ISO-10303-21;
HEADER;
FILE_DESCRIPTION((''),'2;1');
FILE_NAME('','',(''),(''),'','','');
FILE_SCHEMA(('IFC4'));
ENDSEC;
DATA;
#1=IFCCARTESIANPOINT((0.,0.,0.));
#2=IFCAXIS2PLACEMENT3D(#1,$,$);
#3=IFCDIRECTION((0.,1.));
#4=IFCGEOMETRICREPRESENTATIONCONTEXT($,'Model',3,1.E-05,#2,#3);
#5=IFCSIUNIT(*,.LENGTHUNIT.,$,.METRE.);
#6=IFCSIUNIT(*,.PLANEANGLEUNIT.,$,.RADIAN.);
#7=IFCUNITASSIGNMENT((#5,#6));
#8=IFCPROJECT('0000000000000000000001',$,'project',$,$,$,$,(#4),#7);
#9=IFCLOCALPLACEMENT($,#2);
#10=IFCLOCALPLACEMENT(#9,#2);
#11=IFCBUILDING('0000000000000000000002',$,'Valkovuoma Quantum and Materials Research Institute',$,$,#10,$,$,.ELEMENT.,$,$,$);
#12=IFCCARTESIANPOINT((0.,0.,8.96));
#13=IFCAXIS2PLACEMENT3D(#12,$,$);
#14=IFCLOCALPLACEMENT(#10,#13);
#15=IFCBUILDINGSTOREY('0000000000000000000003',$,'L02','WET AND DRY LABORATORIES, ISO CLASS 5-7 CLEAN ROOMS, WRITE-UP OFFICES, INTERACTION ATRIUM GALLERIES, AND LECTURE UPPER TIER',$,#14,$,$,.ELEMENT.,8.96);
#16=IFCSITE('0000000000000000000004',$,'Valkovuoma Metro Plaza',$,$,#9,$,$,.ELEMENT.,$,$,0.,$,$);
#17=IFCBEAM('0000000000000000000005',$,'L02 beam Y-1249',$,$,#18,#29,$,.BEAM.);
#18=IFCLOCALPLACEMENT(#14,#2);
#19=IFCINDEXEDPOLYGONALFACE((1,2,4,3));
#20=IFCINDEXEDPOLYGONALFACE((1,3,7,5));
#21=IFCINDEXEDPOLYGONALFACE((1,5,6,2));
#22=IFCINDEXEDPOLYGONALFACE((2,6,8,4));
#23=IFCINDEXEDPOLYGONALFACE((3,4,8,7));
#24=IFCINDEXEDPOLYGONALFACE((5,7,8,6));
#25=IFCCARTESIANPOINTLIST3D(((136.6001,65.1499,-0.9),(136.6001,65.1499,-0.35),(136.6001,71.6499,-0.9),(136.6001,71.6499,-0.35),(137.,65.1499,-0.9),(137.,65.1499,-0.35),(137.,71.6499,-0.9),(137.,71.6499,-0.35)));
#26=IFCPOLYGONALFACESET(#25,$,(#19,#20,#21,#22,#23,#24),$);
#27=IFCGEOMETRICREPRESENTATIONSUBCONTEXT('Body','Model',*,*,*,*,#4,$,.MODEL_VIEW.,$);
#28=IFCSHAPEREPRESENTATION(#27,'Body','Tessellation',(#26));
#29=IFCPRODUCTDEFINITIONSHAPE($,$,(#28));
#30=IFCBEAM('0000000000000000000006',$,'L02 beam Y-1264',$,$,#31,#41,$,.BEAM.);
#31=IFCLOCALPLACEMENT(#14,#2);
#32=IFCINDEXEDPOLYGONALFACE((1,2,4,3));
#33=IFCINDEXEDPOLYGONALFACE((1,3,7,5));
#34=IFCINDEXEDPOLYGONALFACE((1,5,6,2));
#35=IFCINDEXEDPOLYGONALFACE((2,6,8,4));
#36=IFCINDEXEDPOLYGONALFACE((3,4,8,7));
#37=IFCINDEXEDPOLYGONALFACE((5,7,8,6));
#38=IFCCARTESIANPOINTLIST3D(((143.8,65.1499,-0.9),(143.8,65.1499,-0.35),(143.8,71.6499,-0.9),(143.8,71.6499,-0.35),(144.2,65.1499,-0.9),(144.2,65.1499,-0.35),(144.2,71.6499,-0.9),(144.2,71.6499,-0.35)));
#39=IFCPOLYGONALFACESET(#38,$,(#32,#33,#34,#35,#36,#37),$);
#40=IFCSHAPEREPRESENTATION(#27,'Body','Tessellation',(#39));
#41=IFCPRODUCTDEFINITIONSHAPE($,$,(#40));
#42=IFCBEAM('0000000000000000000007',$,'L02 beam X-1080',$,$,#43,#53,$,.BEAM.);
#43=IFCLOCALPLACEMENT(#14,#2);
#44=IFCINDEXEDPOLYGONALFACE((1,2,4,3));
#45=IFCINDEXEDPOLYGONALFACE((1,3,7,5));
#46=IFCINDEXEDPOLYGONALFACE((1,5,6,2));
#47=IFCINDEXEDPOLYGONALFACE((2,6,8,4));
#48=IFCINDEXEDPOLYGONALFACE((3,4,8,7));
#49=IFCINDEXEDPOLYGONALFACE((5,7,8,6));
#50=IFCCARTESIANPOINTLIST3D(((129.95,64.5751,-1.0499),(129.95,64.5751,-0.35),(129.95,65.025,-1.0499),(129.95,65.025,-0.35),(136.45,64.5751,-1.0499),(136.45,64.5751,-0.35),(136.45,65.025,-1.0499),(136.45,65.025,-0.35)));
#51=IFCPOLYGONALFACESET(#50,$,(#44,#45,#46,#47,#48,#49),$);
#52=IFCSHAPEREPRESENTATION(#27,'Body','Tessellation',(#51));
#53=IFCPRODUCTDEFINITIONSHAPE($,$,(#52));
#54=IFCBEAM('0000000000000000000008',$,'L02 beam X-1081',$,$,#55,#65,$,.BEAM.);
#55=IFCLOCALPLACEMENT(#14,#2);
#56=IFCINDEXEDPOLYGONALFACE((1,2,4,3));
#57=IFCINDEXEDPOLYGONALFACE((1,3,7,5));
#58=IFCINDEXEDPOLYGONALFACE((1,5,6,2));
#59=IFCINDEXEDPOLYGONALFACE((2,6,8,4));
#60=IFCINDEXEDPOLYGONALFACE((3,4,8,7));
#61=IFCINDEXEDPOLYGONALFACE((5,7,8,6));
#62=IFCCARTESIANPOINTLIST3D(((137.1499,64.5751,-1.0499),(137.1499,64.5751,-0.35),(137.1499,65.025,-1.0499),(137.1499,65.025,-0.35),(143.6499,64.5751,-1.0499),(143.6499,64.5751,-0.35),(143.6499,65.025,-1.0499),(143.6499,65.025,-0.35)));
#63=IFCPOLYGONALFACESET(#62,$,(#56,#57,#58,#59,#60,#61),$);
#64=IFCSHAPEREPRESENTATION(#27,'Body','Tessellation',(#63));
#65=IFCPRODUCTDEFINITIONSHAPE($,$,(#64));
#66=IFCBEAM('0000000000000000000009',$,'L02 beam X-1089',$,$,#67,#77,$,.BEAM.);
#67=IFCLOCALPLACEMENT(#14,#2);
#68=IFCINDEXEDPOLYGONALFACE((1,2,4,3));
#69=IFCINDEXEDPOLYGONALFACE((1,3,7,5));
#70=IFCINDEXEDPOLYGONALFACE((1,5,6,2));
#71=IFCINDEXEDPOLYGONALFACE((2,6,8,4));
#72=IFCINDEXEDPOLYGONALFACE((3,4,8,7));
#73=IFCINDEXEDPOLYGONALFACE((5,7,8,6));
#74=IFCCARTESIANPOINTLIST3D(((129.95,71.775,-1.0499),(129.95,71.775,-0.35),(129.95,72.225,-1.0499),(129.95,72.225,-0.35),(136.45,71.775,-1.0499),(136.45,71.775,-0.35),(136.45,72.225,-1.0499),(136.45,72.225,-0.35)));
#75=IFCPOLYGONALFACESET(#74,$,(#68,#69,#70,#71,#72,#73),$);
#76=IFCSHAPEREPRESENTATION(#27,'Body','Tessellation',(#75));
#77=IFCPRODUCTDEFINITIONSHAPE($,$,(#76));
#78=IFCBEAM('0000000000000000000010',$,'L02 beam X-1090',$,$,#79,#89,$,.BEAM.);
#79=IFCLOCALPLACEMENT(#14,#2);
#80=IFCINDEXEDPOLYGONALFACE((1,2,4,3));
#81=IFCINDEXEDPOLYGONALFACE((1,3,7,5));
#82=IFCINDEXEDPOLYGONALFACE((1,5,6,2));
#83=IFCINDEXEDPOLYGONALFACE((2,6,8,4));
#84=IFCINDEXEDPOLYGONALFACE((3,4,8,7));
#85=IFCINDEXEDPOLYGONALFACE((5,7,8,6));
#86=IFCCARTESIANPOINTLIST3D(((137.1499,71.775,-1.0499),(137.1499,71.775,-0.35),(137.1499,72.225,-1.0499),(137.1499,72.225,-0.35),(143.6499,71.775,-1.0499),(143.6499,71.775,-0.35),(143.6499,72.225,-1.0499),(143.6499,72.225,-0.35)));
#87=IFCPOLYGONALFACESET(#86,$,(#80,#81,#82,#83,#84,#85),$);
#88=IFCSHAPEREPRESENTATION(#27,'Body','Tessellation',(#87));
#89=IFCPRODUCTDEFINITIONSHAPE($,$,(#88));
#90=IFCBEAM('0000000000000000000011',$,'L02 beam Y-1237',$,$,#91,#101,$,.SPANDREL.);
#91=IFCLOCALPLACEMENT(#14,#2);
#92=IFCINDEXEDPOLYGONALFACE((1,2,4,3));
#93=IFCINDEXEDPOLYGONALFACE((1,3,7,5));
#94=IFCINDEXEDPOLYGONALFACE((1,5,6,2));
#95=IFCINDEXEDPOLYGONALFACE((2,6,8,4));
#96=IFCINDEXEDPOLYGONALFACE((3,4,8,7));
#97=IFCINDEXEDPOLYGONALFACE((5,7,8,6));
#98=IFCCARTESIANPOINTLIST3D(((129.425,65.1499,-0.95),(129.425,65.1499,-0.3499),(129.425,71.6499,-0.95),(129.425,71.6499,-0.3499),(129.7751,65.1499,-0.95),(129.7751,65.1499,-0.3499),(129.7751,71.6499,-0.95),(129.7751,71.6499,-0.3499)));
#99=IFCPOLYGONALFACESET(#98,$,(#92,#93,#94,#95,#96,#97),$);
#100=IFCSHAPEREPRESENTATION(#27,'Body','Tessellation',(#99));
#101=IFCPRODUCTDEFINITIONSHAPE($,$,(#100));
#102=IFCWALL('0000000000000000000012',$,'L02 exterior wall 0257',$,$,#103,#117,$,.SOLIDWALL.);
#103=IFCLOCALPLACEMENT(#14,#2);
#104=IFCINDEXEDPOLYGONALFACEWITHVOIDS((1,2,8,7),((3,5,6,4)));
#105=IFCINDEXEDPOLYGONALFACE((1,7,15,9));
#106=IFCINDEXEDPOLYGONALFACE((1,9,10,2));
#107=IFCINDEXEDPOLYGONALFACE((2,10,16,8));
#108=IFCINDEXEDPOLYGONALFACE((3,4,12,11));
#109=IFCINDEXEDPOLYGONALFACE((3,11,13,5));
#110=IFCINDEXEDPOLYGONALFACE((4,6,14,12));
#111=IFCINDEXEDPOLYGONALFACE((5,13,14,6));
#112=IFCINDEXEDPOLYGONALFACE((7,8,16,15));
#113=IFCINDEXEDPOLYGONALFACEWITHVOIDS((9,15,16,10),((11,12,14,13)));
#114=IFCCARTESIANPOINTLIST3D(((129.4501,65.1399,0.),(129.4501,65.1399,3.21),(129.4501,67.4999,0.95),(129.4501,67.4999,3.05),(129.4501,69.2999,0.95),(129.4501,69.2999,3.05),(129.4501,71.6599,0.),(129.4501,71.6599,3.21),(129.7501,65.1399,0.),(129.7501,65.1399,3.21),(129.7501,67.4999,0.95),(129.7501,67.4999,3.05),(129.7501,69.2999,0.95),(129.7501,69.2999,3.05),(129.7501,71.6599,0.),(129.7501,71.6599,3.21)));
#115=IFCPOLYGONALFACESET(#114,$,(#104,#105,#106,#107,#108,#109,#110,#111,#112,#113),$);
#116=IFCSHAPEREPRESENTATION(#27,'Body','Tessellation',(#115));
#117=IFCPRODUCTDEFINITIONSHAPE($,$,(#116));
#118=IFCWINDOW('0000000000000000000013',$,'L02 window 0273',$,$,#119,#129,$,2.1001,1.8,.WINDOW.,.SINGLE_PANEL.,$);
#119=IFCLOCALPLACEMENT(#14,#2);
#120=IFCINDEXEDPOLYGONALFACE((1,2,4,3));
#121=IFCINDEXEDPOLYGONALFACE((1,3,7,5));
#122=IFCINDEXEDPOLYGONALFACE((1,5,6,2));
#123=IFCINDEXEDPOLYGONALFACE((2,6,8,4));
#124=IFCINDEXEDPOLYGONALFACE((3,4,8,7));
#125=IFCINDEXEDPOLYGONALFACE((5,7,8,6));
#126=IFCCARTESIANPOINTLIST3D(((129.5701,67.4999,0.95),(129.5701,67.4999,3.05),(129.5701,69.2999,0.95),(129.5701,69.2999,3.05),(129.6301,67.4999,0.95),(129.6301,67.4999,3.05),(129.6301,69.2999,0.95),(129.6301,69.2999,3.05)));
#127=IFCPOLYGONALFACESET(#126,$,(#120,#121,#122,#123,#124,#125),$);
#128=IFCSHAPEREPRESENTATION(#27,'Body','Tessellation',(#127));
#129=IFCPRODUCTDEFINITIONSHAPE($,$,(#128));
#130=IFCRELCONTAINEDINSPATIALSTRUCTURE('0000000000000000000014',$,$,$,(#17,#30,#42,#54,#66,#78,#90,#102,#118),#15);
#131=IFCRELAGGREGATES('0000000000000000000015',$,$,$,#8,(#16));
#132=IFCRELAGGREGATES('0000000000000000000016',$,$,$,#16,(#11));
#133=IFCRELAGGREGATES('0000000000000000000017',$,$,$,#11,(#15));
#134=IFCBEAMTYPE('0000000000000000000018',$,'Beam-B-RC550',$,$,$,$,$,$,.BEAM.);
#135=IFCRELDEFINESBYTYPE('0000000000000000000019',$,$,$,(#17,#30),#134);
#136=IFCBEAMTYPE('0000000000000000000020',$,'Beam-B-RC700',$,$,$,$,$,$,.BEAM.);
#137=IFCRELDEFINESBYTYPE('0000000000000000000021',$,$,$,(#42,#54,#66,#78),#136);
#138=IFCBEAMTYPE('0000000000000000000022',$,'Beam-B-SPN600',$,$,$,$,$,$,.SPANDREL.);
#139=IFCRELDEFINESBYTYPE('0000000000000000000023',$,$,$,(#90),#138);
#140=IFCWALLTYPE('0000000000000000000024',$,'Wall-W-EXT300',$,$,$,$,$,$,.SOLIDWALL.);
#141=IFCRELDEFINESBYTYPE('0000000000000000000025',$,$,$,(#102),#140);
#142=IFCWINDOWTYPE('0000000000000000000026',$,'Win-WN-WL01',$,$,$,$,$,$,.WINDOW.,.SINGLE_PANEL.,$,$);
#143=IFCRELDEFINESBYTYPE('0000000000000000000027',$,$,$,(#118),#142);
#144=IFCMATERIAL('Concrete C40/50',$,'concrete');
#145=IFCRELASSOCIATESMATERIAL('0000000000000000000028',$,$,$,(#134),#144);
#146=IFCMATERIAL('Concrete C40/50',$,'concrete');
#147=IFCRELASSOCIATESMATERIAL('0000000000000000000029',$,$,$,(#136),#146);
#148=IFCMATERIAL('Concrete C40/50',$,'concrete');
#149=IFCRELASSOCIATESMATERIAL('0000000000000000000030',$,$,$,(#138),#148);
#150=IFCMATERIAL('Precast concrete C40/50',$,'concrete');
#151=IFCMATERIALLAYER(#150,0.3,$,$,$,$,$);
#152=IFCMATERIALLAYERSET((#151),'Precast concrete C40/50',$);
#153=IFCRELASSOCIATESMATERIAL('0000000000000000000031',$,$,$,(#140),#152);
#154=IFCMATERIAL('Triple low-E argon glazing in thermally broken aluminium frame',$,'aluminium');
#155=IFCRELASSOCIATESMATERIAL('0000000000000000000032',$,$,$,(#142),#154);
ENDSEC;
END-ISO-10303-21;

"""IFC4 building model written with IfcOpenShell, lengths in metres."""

from ifc_helpers import new_model, si_unit, direction, frame, frame_2d, origin, origin_2d, place, context, subcontext, project, spatial, rectangle, extrude, material, layer, layer_set, material_profile, profile_set, type_object, element, fill, save


model = new_model("IFC4")

# Units and contexts
model_context = context("Model", 3, precision=1e-05, world=origin(), true_north=direction((0.0, 1.0)))
body_context = subcontext(model_context, "Body", "Model", "MODEL_VIEW")
ifc_project = project(units=[si_unit("LENGTHUNIT", "METRE"), si_unit("PLANEANGLEUNIT", "RADIAN")], contexts=[model_context])

# Site, building, storey
site_placement = place(None, origin())
site = spatial("IfcSite", under=ifc_project, at=site_placement, Name="Valkovuoma Metro Plaza", CompositionType="ELEMENT", RefElevation=0.0)
building_placement = place(site_placement, origin())
building = spatial("IfcBuilding", under=site, at=building_placement, Name="Valkovuoma Quantum and Materials Research Institute", CompositionType="ELEMENT")
storey_placement = place(building_placement, frame((0.0, 0.0, 8.96)))
storey = spatial("IfcBuildingStorey", under=building, at=storey_placement, Name="L02", Description="WET AND DRY LABORATORIES, ISO CLASS 5-7 CLEAN ROOMS, WRITE-UP OFFICES, INTERACTION ATRIUM GALLERIES, AND LECTURE UPPER TIER", CompositionType="ELEMENT", Elevation=8.96)

# Beams
ifc_material_1 = material(Name="Concrete C40/50", Category="concrete")
ifc_material_profile_1 = material_profile(ifc_material_1, rectangle(XDim=0.3999, YDim=0.55, at=origin_2d()), Name="Concrete C40/50")
ifc_profile_set_1 = profile_set([ifc_material_profile_1], Name="Concrete C40/50")
beam_type_1 = type_object("IfcBeamType", Name="Beam-B-RC550", PredefinedType="BEAM", material=ifc_profile_set_1)
for number, where, z_axis, x_axis, name in (
    (1, (136.8, 65.1499, -0.625), (0.0, 1.0, 0.0), (-1.0, 0.0, 0.0), "L02 beam Y-1249"),
    (2, (144.0, 65.1499, -0.625), (0.0, 1.0, 0.0), (-1.0, 0.0, 0.0), "L02 beam Y-1264"),
):
    element("IfcBeam", number, at=place(storey_placement, frame(where, z_axis=z_axis, x_axis=x_axis)), inside=storey, type_object=beam_type_1, Name=name, PredefinedType="BEAM", context=body_context, shape_type="SweptSolid", body=[
        extrude(rectangle(XDim=0.3999, YDim=0.55, at=origin_2d()), origin(), (0.0, 0.0, 1.0), 6.5),
    ])
ifc_material_2 = material(Name="Concrete C40/50", Category="concrete")
ifc_material_profile_2 = material_profile(ifc_material_2, rectangle(XDim=0.45, YDim=0.7, at=origin_2d()), Name="Concrete C40/50")
ifc_profile_set_2 = profile_set([ifc_material_profile_2], Name="Concrete C40/50")
beam_type_2 = type_object("IfcBeamType", Name="Beam-B-RC700", PredefinedType="BEAM", material=ifc_profile_set_2)
for number, where, z_axis, x_axis, name in (
    (3, (129.95, 64.8, -0.7), (1.0, 0.0, 0.0), (0.0, 1.0, 0.0), "L02 beam X-1080"),
    (4, (137.1499, 64.8, -0.7), (1.0, 0.0, 0.0), (0.0, 1.0, 0.0), "L02 beam X-1081"),
    (5, (129.95, 72.0, -0.7), (1.0, 0.0, 0.0), (0.0, 1.0, 0.0), "L02 beam X-1089"),
    (6, (137.1499, 72.0, -0.7), (1.0, 0.0, 0.0), (0.0, 1.0, 0.0), "L02 beam X-1090"),
):
    element("IfcBeam", number, at=place(storey_placement, frame(where, z_axis=z_axis, x_axis=x_axis)), inside=storey, type_object=beam_type_2, Name=name, PredefinedType="BEAM", context=body_context, shape_type="SweptSolid", body=[
        extrude(rectangle(XDim=0.45, YDim=0.7, at=origin_2d()), origin(), (0.0, 0.0, 1.0), 6.5),
    ])
ifc_material_3 = material(Name="Concrete C40/50", Category="concrete")
ifc_material_profile_3 = material_profile(ifc_material_3, rectangle(XDim=0.3501, YDim=0.6001, at=origin_2d()), Name="Concrete C40/50")
ifc_profile_set_3 = profile_set([ifc_material_profile_3], Name="Concrete C40/50")
beam_type_3 = type_object("IfcBeamType", Name="Beam-B-SPN600", PredefinedType="SPANDREL", material=ifc_profile_set_3)
beam_placement = place(storey_placement, frame((129.6001, 65.1499, -0.6499), z_axis=(0.0, 1.0, 0.0), x_axis=(-1.0, 0.0, 0.0)))
element("IfcBeam", 7, at=beam_placement, inside=storey, type_object=beam_type_3, Name="L02 beam Y-1237", PredefinedType="SPANDREL", context=body_context, shape_type="SweptSolid", body=[
    extrude(rectangle(XDim=0.3501, YDim=0.6001, at=origin_2d()), origin(), (0.0, 0.0, 1.0), 6.5),
])

# Wall, opening, window
ifc_material_4 = material(Name="Precast concrete C40/50", Category="concrete")
ifc_layer = layer(ifc_material_4, 0.3)
ifc_layer_set = layer_set([ifc_layer], Name="Precast concrete C40/50")
wall_type = type_object("IfcWallType", Name="Wall-W-EXT300", PredefinedType="SOLIDWALL", material=ifc_layer_set)
wall_placement = place(storey_placement, frame((129.6001, 65.1399, 0.0), z_axis=(0.0, 0.0, 1.0), x_axis=(0.0, 1.0, 0.0)))
wall = element("IfcWall", 8, at=wall_placement, inside=storey, type_object=wall_type, Name="L02 exterior wall 0257", PredefinedType="SOLIDWALL", context=body_context, shape_type="SweptSolid", body=[
    extrude(rectangle(XDim=6.52, YDim=0.3, at=frame_2d((3.26, 0.0))), origin(), (0.0, 0.0, 1.0), 3.21),
])
opening_placement = place(wall_placement, frame((2.3601, 0.0, 0.95)))
opening = element("IfcOpeningElement", 9, at=opening_placement, cuts=wall, PredefinedType="OPENING", context=body_context, shape_type="SweptSolid", body=[
    extrude(rectangle(XDim=1.8, YDim=2.1001, at=frame_2d((0.8999, 1.05))), frame((0.0, 0.1602, 0.0), z_axis=(0.0, -1.0, 0.0), x_axis=(1.0, 0.0, 0.0)), (0.0, 0.0, 1.0), 0.3201),
])
ifc_material_5 = material(Name="Triple low-E argon glazing in thermally broken aluminium frame", Category="aluminium")
window_type = type_object("IfcWindowType", Name="Win-WN-WL01", PartitioningType="SINGLE_PANEL", PredefinedType="WINDOW", material=ifc_material_5)
window_placement = place(opening_placement, origin())
window = element("IfcWindow", 10, at=window_placement, inside=storey, type_object=window_type, Name="L02 window 0273", OverallHeight=2.1001, OverallWidth=1.8, PartitioningType="SINGLE_PANEL", PredefinedType="WINDOW", context=body_context, shape_type="SweptSolid", body=[
    extrude(rectangle(XDim=1.8, YDim=2.1001, at=frame_2d((0.8999, 1.05))), frame((0.0, 0.03, 0.0), z_axis=(0.0, -1.0, 0.0), x_axis=(1.0, 0.0, 0.0)), (0.0, 0.0, 1.0), 0.0601),
])
fill(opening, window)

save(model, "model.ifc")
